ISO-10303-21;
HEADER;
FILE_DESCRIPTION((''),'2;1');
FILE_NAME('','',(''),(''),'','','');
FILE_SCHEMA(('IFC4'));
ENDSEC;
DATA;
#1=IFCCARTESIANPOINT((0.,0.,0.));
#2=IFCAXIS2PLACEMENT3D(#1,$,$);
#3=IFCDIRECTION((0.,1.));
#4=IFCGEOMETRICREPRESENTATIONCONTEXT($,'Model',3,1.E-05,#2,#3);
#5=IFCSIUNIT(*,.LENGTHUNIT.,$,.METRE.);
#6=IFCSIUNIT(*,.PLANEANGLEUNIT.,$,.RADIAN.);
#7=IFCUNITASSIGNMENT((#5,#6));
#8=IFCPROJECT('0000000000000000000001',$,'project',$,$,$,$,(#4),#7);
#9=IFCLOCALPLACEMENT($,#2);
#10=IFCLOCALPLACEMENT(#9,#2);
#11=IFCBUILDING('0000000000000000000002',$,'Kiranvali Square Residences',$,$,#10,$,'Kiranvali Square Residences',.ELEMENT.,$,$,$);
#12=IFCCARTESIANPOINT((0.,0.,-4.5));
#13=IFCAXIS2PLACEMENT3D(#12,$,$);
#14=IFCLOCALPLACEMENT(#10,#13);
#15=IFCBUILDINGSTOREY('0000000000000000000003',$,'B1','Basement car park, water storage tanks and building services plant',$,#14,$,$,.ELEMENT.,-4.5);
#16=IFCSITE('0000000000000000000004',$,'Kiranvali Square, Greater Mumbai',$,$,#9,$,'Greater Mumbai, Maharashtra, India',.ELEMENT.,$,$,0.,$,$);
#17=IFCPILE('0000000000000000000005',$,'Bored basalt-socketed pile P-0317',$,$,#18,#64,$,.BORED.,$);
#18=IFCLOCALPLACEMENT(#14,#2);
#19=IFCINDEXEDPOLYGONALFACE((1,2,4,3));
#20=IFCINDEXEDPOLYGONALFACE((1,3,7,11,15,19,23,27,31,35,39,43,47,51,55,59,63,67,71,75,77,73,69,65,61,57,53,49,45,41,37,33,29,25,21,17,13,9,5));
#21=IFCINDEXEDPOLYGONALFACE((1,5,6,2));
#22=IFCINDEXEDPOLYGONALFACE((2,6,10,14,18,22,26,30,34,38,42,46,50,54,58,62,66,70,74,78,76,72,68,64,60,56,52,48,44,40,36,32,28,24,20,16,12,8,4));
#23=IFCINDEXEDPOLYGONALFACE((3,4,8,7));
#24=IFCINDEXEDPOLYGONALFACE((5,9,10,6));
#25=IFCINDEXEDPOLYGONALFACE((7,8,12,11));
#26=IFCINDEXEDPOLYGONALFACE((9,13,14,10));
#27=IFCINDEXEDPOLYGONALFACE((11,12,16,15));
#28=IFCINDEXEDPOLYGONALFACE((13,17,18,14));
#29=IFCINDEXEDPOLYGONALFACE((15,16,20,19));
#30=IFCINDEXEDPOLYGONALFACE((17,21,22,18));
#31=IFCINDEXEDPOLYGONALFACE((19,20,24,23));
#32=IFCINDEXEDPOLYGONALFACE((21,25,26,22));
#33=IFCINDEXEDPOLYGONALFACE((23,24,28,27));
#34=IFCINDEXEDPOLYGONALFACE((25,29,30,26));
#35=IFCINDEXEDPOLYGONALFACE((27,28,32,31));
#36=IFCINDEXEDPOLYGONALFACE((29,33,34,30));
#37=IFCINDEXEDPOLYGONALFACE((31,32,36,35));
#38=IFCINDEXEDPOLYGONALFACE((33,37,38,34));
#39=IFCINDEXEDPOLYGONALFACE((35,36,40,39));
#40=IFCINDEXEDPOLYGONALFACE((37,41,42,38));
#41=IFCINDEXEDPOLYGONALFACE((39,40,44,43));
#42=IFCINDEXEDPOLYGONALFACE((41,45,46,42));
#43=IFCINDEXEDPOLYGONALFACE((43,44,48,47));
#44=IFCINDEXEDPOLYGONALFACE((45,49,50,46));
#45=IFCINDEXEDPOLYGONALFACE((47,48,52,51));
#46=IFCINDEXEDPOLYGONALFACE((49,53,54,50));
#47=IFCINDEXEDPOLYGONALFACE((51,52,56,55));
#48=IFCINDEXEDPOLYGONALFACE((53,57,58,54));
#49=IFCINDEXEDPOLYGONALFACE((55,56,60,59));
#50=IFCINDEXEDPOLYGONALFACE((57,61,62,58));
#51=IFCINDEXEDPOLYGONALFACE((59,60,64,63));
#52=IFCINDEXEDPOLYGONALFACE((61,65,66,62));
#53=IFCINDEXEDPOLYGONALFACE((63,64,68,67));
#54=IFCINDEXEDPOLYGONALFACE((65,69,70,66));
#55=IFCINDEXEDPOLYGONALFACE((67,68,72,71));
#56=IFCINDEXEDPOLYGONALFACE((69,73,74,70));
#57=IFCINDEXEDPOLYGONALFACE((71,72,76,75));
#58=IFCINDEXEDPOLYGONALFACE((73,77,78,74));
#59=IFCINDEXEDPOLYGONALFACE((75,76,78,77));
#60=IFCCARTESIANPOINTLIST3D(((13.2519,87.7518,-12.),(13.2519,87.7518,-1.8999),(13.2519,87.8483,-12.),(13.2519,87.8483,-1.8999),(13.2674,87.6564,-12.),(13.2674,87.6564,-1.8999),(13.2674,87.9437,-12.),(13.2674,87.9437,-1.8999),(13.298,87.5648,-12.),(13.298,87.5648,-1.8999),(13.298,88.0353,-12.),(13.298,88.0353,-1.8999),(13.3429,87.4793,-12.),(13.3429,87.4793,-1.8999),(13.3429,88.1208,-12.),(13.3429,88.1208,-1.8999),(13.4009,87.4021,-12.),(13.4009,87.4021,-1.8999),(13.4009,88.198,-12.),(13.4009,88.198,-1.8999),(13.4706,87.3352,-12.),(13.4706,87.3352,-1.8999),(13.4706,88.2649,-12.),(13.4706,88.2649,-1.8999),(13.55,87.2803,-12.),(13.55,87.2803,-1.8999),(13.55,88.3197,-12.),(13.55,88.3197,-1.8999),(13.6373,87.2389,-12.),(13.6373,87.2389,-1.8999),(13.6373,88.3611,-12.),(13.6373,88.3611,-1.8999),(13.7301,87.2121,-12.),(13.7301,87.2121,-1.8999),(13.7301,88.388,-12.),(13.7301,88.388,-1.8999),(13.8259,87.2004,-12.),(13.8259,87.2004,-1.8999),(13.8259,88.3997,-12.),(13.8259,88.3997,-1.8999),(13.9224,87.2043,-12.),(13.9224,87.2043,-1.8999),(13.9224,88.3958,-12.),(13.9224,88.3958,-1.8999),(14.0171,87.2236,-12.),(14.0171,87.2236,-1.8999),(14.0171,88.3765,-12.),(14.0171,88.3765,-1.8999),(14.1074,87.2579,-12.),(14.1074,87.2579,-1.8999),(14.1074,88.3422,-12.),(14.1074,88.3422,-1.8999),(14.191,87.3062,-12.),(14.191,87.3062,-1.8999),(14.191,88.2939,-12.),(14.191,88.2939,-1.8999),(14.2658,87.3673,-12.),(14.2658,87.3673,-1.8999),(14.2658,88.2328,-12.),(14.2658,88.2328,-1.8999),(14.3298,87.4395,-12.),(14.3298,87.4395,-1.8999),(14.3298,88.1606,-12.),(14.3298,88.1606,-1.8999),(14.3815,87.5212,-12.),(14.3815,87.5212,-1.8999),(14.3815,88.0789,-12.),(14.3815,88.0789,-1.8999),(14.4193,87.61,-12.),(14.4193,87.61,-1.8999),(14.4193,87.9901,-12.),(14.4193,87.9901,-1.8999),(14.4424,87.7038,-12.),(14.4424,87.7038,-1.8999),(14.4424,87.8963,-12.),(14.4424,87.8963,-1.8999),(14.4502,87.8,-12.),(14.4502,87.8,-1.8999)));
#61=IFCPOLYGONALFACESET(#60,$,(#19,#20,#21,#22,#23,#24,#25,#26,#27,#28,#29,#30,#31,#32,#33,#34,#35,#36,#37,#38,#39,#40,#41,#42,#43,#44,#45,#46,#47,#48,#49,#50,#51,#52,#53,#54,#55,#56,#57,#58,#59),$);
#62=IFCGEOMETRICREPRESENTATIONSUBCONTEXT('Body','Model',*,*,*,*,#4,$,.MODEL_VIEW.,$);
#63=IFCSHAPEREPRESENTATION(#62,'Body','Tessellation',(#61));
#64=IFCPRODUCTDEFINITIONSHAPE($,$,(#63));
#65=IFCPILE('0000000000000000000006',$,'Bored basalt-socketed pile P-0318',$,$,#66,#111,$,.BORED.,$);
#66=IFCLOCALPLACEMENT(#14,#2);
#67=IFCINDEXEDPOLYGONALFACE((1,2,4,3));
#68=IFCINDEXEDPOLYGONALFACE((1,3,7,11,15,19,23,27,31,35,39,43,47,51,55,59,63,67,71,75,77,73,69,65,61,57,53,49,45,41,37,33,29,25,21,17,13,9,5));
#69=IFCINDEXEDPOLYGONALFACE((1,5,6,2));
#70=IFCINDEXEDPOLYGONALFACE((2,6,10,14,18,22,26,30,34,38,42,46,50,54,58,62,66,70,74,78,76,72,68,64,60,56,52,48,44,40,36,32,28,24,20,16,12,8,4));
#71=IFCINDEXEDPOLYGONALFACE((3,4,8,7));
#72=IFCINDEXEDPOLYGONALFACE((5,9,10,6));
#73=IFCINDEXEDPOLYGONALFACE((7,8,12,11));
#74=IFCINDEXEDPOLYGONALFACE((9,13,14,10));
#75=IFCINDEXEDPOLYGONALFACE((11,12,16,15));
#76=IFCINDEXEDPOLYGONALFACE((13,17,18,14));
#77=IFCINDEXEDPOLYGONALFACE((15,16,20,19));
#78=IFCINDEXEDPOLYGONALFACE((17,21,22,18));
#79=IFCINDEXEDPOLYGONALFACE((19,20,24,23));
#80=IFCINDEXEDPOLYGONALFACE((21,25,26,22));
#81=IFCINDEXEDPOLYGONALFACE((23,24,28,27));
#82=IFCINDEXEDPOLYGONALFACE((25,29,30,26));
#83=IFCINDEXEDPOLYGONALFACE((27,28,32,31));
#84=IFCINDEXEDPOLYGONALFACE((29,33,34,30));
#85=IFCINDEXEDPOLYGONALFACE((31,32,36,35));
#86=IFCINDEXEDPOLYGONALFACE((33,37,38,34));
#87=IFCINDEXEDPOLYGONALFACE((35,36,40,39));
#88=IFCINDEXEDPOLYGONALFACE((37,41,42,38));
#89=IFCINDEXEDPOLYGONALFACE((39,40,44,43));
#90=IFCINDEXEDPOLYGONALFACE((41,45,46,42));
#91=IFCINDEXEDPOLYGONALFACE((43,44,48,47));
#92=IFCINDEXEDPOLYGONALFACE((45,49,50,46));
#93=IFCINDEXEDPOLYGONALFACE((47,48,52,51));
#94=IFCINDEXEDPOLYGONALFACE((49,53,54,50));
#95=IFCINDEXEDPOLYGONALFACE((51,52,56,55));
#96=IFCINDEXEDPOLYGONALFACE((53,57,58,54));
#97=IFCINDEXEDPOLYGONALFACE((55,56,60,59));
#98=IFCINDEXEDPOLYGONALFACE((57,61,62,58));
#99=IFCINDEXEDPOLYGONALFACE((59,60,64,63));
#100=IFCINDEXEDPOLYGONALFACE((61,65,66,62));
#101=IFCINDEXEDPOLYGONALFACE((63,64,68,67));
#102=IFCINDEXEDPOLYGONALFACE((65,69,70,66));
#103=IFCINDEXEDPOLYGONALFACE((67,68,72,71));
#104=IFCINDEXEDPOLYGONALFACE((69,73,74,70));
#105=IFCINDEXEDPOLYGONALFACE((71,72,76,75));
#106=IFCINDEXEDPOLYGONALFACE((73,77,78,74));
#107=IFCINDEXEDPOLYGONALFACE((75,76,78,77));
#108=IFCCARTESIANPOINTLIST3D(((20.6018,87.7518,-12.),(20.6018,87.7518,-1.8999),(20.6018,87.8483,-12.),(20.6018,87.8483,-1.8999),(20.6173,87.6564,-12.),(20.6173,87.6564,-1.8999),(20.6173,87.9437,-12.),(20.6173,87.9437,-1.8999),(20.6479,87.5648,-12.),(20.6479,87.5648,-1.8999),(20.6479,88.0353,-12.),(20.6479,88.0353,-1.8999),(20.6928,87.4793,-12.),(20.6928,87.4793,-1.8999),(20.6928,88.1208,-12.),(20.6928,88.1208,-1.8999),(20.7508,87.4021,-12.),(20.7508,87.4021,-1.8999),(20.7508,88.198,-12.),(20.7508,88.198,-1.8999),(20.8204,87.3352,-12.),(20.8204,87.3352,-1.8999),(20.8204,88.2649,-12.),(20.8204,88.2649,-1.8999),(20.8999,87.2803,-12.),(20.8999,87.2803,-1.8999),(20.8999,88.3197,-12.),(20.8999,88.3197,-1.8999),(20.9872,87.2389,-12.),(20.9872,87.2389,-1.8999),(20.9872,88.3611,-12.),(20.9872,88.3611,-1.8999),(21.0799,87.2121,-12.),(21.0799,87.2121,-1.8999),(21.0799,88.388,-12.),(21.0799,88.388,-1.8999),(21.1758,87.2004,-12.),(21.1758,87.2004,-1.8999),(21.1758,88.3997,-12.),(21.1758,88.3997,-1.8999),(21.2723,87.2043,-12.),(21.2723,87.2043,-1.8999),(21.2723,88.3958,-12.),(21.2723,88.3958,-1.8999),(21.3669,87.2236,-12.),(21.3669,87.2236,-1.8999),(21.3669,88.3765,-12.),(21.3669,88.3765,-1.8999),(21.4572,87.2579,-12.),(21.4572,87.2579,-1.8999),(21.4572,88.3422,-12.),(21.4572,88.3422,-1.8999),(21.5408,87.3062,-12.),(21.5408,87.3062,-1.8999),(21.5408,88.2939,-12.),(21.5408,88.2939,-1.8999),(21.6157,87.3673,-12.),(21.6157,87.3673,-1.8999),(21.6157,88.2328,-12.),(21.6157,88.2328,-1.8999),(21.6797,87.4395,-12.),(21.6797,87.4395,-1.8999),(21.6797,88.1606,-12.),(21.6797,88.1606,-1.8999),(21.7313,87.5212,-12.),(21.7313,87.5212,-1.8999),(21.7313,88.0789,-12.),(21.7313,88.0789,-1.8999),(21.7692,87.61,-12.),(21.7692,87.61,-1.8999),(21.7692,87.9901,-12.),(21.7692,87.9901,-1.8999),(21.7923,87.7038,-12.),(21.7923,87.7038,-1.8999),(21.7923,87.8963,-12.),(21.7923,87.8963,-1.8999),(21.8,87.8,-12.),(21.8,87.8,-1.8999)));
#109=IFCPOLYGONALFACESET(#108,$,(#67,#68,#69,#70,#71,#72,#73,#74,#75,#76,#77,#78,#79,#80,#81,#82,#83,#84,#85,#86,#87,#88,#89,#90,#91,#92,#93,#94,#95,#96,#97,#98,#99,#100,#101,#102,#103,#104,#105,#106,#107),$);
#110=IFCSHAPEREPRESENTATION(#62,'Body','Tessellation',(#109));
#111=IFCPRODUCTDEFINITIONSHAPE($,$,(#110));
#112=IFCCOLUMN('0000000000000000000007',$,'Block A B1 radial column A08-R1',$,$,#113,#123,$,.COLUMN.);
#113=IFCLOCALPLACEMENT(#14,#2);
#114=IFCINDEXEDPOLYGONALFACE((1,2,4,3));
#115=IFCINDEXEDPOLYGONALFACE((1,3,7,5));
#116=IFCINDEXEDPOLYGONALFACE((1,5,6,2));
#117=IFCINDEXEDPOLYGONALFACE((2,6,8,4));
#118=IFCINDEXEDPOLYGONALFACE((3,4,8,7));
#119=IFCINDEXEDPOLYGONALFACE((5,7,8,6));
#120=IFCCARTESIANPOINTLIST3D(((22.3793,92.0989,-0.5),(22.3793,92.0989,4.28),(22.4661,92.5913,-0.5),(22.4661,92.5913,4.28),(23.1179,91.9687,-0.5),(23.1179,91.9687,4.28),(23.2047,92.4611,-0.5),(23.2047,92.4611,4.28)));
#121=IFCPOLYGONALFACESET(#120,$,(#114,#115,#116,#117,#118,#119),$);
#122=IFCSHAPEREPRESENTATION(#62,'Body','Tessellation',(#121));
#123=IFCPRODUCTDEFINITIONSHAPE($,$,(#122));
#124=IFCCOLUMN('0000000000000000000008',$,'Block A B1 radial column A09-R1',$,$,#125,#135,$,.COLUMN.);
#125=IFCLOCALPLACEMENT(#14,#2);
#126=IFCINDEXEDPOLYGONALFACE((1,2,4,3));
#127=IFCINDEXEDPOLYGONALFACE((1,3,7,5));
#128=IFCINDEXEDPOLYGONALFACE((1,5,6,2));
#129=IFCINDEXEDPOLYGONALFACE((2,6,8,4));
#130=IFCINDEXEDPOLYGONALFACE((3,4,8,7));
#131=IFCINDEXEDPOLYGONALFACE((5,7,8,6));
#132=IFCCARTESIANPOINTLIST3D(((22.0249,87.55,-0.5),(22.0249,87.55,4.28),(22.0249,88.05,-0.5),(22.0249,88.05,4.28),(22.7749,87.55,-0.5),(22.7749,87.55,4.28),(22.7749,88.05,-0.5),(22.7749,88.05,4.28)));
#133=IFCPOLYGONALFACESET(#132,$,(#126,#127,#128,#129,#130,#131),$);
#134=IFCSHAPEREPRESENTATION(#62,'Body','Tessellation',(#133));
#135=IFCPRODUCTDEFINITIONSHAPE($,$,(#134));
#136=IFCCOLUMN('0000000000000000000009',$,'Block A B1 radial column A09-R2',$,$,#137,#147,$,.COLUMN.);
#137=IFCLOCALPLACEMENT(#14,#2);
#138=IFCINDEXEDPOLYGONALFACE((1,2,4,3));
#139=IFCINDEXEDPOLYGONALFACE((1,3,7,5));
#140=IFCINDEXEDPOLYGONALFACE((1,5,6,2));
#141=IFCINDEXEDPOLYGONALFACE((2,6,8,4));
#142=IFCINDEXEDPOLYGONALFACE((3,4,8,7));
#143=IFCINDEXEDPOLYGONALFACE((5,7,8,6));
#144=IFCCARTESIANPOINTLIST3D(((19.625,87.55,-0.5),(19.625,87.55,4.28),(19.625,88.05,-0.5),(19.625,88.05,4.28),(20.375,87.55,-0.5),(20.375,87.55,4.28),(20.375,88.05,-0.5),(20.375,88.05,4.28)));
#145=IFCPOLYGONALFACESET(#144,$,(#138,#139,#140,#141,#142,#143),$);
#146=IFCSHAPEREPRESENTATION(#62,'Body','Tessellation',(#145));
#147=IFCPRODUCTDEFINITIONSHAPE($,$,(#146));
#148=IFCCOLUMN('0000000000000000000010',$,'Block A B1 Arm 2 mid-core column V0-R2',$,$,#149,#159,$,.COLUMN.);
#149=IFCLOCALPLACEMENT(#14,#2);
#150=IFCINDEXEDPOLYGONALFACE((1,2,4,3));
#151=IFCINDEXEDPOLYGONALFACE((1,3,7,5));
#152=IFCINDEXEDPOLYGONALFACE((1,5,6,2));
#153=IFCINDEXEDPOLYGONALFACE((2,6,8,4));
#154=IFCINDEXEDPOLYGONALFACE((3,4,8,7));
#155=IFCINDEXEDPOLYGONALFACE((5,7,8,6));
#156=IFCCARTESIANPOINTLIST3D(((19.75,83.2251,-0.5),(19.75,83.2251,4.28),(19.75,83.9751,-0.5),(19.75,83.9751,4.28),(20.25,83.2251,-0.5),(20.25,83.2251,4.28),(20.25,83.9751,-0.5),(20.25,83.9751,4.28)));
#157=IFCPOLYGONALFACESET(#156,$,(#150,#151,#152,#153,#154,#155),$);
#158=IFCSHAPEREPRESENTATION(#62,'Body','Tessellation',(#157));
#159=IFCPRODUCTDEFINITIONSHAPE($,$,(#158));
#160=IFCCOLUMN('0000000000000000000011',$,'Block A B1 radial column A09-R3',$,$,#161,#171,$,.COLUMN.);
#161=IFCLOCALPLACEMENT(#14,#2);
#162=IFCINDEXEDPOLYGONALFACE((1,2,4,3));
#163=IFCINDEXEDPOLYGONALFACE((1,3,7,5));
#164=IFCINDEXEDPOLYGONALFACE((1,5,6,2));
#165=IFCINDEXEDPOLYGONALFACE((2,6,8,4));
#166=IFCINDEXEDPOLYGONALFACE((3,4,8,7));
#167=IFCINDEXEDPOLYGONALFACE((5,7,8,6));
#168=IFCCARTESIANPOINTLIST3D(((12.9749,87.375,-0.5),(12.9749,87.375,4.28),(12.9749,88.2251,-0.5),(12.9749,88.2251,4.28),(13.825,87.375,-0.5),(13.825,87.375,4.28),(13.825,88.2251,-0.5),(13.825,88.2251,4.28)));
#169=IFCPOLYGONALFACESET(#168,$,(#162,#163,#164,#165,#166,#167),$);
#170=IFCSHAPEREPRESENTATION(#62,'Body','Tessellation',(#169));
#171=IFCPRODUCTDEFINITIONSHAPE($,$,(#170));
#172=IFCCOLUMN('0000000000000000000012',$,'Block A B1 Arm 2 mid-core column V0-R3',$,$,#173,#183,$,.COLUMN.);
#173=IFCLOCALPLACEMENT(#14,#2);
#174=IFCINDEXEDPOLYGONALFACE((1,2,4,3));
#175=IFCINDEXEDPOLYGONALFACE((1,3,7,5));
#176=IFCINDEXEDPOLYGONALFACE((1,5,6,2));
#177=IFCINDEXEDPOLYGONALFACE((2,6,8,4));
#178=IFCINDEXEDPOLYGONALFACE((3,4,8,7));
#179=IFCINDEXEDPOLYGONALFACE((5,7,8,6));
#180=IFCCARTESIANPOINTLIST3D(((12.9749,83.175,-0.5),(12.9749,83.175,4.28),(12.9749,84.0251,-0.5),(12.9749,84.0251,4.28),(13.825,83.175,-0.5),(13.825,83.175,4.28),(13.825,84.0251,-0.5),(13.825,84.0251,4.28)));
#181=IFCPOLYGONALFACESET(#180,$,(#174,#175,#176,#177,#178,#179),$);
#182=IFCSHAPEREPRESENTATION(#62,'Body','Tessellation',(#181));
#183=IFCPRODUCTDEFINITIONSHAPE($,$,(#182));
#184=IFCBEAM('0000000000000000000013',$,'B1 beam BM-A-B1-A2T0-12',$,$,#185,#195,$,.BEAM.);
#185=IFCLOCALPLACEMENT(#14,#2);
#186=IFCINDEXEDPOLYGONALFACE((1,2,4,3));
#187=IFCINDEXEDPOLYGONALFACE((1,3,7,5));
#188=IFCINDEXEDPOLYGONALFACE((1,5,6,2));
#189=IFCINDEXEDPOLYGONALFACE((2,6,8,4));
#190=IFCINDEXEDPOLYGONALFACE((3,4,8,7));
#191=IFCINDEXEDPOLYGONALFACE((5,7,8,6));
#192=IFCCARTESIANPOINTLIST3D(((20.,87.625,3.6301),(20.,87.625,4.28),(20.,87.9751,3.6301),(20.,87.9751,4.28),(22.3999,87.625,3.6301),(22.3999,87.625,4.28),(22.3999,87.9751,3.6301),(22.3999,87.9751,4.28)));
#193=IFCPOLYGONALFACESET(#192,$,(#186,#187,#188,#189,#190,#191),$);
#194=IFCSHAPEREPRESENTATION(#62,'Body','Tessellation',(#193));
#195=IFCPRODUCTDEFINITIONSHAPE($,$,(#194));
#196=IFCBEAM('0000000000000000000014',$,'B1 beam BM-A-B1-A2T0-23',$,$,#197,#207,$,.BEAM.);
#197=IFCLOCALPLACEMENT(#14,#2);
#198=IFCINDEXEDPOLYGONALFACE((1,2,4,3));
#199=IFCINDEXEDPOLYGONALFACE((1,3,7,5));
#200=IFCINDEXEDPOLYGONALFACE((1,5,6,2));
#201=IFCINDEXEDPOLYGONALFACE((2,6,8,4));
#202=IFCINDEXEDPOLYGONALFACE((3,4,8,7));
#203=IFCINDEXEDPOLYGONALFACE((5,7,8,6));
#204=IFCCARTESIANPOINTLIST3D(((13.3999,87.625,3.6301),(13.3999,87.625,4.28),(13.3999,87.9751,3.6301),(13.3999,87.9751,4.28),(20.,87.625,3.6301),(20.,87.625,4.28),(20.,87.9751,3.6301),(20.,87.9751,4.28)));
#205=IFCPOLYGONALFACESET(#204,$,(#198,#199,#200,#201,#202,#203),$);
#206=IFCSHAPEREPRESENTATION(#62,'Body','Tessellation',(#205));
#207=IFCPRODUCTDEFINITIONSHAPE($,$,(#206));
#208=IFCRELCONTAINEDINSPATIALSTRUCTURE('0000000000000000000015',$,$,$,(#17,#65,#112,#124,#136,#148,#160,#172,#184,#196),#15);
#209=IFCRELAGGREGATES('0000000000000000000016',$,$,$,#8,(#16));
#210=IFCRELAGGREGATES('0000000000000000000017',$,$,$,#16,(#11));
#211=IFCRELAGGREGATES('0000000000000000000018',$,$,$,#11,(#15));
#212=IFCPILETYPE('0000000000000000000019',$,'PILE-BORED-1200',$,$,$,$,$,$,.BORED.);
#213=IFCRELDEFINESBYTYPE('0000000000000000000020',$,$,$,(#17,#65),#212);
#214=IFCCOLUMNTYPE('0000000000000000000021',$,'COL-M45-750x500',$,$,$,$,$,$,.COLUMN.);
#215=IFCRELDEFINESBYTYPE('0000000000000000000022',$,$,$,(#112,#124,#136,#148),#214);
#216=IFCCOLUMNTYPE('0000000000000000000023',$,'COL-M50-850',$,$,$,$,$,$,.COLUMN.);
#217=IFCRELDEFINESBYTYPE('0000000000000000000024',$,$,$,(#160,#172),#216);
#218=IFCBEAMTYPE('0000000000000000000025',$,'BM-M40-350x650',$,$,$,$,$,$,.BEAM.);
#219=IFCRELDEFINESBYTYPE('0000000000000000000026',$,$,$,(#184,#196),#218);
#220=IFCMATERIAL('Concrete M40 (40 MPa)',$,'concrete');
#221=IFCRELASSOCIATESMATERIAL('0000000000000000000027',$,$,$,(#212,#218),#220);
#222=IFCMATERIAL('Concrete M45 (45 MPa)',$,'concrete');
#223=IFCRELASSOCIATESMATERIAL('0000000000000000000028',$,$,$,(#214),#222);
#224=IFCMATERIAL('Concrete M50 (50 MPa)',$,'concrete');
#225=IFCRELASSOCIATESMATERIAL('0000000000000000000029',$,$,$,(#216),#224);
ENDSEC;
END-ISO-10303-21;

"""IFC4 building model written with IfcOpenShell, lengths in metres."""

from ifc_helpers import new_model, si_unit, direction, frame, origin, origin_2d, place, context, subcontext, project, spatial, rectangle, circle, extrude, material, material_profile, profile_set, type_object, element, save


model = new_model("IFC4")

# Units and contexts
model_context = context("Model", 3, precision=1e-05, world=origin(), true_north=direction((0.0, 1.0)))
body_context = subcontext(model_context, "Body", "Model", "MODEL_VIEW")
ifc_project = project(units=[si_unit("LENGTHUNIT", "METRE"), si_unit("PLANEANGLEUNIT", "RADIAN")], contexts=[model_context])

# Site, building, storey
site_placement = place(None, origin())
site = spatial("IfcSite", under=ifc_project, at=site_placement, Name="Kiranvali Square, Greater Mumbai", LongName="Greater Mumbai, Maharashtra, India", CompositionType="ELEMENT", RefElevation=0.0)
building_placement = place(site_placement, origin())
building = spatial("IfcBuilding", under=site, at=building_placement, Name="Kiranvali Square Residences", LongName="Kiranvali Square Residences", CompositionType="ELEMENT")
storey_placement = place(building_placement, frame((0.0, 0.0, -4.5)))
storey = spatial("IfcBuildingStorey", under=building, at=storey_placement, Name="B1", Description="Basement car park, water storage tanks and building services plant", CompositionType="ELEMENT", Elevation=-4.5)

# Shared definitions
ifc_material_1 = material(Name="Concrete M40 (40 MPa)", Category="concrete")

# Piles
ifc_material_profile_1 = material_profile(ifc_material_1, circle(Radius=0.6001, at=origin_2d()), Name="BORED PILE 1200")
ifc_profile_set_1 = profile_set([ifc_material_profile_1], Name="Concrete M40 (40 MPa)")
pile_type = type_object("IfcPileType", Name="PILE-BORED-1200", PredefinedType="BORED", material=ifc_profile_set_1)
for number, where, z_axis, x_axis, name in (
    (1, (13.8501, 87.8, -1.8999), (0.0, 0.0, -1.0), (1.0, 0.0, 0.0), "Bored basalt-socketed pile P-0317"),
    (2, (21.2, 87.8, -1.8999), (0.0, 0.0, -1.0), (1.0, 0.0, 0.0), "Bored basalt-socketed pile P-0318"),
):
    element("IfcPile", number, at=place(storey_placement, frame(where, z_axis=z_axis, x_axis=x_axis)), inside=storey, type_object=pile_type, Name=name, PredefinedType="BORED", context=body_context, shape_type="SweptSolid", body=[
        extrude(circle(Radius=0.6001, at=origin_2d()), origin(), (0.0, 0.0, 1.0), 10.1001),
    ])

# Columns
ifc_material_2 = material(Name="Concrete M45 (45 MPa)", Category="concrete")
ifc_material_profile_2 = material_profile(ifc_material_2, rectangle(XDim=0.5, YDim=0.75, at=origin_2d()), Name="RC 750x500")
ifc_profile_set_2 = profile_set([ifc_material_profile_2], Name="Concrete M45 (45 MPa)")
column_type_1 = type_object("IfcColumnType", Name="COL-M45-750x500", PredefinedType="COLUMN", material=ifc_profile_set_2)
for number, where, z_axis, x_axis, name in (
    (3, (22.792, 92.28, -0.5), (0.0, 0.0, 1.0), (0.173648, 0.984808, 0.0), "Block A B1 radial column A08-R1"),
    (4, (22.3999, 87.8, -0.5), (0.0, 0.0, 1.0), (0.0, 1.0, 0.0), "Block A B1 radial column A09-R1"),
    (5, (20.0, 87.8, -0.5), (0.0, 0.0, 1.0), (0.0, 1.0, 0.0), "Block A B1 radial column A09-R2"),
    (6, (20.0, 83.6001, -0.5), (0.0, 0.0, 1.0), (1.0, 0.0, 0.0), "Block A B1 Arm 2 mid-core column V0-R2"),
):
    element("IfcColumn", number, at=place(storey_placement, frame(where, z_axis=z_axis, x_axis=x_axis)), inside=storey, type_object=column_type_1, Name=name, PredefinedType="COLUMN", context=body_context, shape_type="SweptSolid", body=[
        extrude(rectangle(XDim=0.5, YDim=0.75, at=origin_2d()), origin(), (0.0, 0.0, 1.0), 4.78),
    ])
ifc_material_3 = material(Name="Concrete M50 (50 MPa)", Category="concrete")
ifc_material_profile_3 = material_profile(ifc_material_3, rectangle(XDim=0.8501, YDim=0.8501, at=origin_2d()), Name="RC 850x850")
ifc_profile_set_3 = profile_set([ifc_material_profile_3], Name="Concrete M50 (50 MPa)")
column_type_2 = type_object("IfcColumnType", Name="COL-M50-850", PredefinedType="COLUMN", material=ifc_profile_set_3)
for number, where, z_axis, x_axis, name in (
    (7, (13.3999, 87.8, -0.5), (0.0, 0.0, 1.0), (0.0, 1.0, 0.0), "Block A B1 radial column A09-R3"),
    (8, (13.3999, 83.6001, -0.5), (0.0, 0.0, 1.0), (1.0, 0.0, 0.0), "Block A B1 Arm 2 mid-core column V0-R3"),
):
    element("IfcColumn", number, at=place(storey_placement, frame(where, z_axis=z_axis, x_axis=x_axis)), inside=storey, type_object=column_type_2, Name=name, PredefinedType="COLUMN", context=body_context, shape_type="SweptSolid", body=[
        extrude(rectangle(XDim=0.8501, YDim=0.8501, at=origin_2d()), origin(), (0.0, 0.0, 1.0), 4.78),
    ])

# Beams
ifc_material_profile_4 = material_profile(ifc_material_1, rectangle(XDim=0.3501, YDim=0.6499, at=origin_2d()), Name="RC 350x650")
ifc_profile_set_4 = profile_set([ifc_material_profile_4], Name="Concrete M40 (40 MPa)")
beam_type_1 = type_object("IfcBeamType", Name="BM-M40-350x650", PredefinedType="BEAM", material=ifc_profile_set_4)
beam_1_placement = place(storey_placement, frame((22.3999, 87.8, 3.9551), z_axis=(-1.0, 0.0, 0.0), x_axis=(0.0, -1.0, 0.0)))
element("IfcBeam", 9, at=beam_1_placement, inside=storey, type_object=beam_type_1, Name="B1 beam BM-A-B1-A2T0-12", PredefinedType="BEAM", context=body_context, shape_type="SweptSolid", body=[
    extrude(rectangle(XDim=0.3501, YDim=0.6499, at=origin_2d()), origin(), (0.0, 0.0, 1.0), 2.3999),
])
beam_2_placement = place(storey_placement, frame((20.0, 87.8, 3.9551), z_axis=(-1.0, 0.0, 0.0), x_axis=(0.0, -1.0, 0.0)))
element("IfcBeam", 10, at=beam_2_placement, inside=storey, type_object=beam_type_1, Name="B1 beam BM-A-B1-A2T0-23", PredefinedType="BEAM", context=body_context, shape_type="SweptSolid", body=[
    extrude(rectangle(XDim=0.3501, YDim=0.6499, at=origin_2d()), origin(), (0.0, 0.0, 1.0), 6.6001),
])

save(model, "model.ifc")
